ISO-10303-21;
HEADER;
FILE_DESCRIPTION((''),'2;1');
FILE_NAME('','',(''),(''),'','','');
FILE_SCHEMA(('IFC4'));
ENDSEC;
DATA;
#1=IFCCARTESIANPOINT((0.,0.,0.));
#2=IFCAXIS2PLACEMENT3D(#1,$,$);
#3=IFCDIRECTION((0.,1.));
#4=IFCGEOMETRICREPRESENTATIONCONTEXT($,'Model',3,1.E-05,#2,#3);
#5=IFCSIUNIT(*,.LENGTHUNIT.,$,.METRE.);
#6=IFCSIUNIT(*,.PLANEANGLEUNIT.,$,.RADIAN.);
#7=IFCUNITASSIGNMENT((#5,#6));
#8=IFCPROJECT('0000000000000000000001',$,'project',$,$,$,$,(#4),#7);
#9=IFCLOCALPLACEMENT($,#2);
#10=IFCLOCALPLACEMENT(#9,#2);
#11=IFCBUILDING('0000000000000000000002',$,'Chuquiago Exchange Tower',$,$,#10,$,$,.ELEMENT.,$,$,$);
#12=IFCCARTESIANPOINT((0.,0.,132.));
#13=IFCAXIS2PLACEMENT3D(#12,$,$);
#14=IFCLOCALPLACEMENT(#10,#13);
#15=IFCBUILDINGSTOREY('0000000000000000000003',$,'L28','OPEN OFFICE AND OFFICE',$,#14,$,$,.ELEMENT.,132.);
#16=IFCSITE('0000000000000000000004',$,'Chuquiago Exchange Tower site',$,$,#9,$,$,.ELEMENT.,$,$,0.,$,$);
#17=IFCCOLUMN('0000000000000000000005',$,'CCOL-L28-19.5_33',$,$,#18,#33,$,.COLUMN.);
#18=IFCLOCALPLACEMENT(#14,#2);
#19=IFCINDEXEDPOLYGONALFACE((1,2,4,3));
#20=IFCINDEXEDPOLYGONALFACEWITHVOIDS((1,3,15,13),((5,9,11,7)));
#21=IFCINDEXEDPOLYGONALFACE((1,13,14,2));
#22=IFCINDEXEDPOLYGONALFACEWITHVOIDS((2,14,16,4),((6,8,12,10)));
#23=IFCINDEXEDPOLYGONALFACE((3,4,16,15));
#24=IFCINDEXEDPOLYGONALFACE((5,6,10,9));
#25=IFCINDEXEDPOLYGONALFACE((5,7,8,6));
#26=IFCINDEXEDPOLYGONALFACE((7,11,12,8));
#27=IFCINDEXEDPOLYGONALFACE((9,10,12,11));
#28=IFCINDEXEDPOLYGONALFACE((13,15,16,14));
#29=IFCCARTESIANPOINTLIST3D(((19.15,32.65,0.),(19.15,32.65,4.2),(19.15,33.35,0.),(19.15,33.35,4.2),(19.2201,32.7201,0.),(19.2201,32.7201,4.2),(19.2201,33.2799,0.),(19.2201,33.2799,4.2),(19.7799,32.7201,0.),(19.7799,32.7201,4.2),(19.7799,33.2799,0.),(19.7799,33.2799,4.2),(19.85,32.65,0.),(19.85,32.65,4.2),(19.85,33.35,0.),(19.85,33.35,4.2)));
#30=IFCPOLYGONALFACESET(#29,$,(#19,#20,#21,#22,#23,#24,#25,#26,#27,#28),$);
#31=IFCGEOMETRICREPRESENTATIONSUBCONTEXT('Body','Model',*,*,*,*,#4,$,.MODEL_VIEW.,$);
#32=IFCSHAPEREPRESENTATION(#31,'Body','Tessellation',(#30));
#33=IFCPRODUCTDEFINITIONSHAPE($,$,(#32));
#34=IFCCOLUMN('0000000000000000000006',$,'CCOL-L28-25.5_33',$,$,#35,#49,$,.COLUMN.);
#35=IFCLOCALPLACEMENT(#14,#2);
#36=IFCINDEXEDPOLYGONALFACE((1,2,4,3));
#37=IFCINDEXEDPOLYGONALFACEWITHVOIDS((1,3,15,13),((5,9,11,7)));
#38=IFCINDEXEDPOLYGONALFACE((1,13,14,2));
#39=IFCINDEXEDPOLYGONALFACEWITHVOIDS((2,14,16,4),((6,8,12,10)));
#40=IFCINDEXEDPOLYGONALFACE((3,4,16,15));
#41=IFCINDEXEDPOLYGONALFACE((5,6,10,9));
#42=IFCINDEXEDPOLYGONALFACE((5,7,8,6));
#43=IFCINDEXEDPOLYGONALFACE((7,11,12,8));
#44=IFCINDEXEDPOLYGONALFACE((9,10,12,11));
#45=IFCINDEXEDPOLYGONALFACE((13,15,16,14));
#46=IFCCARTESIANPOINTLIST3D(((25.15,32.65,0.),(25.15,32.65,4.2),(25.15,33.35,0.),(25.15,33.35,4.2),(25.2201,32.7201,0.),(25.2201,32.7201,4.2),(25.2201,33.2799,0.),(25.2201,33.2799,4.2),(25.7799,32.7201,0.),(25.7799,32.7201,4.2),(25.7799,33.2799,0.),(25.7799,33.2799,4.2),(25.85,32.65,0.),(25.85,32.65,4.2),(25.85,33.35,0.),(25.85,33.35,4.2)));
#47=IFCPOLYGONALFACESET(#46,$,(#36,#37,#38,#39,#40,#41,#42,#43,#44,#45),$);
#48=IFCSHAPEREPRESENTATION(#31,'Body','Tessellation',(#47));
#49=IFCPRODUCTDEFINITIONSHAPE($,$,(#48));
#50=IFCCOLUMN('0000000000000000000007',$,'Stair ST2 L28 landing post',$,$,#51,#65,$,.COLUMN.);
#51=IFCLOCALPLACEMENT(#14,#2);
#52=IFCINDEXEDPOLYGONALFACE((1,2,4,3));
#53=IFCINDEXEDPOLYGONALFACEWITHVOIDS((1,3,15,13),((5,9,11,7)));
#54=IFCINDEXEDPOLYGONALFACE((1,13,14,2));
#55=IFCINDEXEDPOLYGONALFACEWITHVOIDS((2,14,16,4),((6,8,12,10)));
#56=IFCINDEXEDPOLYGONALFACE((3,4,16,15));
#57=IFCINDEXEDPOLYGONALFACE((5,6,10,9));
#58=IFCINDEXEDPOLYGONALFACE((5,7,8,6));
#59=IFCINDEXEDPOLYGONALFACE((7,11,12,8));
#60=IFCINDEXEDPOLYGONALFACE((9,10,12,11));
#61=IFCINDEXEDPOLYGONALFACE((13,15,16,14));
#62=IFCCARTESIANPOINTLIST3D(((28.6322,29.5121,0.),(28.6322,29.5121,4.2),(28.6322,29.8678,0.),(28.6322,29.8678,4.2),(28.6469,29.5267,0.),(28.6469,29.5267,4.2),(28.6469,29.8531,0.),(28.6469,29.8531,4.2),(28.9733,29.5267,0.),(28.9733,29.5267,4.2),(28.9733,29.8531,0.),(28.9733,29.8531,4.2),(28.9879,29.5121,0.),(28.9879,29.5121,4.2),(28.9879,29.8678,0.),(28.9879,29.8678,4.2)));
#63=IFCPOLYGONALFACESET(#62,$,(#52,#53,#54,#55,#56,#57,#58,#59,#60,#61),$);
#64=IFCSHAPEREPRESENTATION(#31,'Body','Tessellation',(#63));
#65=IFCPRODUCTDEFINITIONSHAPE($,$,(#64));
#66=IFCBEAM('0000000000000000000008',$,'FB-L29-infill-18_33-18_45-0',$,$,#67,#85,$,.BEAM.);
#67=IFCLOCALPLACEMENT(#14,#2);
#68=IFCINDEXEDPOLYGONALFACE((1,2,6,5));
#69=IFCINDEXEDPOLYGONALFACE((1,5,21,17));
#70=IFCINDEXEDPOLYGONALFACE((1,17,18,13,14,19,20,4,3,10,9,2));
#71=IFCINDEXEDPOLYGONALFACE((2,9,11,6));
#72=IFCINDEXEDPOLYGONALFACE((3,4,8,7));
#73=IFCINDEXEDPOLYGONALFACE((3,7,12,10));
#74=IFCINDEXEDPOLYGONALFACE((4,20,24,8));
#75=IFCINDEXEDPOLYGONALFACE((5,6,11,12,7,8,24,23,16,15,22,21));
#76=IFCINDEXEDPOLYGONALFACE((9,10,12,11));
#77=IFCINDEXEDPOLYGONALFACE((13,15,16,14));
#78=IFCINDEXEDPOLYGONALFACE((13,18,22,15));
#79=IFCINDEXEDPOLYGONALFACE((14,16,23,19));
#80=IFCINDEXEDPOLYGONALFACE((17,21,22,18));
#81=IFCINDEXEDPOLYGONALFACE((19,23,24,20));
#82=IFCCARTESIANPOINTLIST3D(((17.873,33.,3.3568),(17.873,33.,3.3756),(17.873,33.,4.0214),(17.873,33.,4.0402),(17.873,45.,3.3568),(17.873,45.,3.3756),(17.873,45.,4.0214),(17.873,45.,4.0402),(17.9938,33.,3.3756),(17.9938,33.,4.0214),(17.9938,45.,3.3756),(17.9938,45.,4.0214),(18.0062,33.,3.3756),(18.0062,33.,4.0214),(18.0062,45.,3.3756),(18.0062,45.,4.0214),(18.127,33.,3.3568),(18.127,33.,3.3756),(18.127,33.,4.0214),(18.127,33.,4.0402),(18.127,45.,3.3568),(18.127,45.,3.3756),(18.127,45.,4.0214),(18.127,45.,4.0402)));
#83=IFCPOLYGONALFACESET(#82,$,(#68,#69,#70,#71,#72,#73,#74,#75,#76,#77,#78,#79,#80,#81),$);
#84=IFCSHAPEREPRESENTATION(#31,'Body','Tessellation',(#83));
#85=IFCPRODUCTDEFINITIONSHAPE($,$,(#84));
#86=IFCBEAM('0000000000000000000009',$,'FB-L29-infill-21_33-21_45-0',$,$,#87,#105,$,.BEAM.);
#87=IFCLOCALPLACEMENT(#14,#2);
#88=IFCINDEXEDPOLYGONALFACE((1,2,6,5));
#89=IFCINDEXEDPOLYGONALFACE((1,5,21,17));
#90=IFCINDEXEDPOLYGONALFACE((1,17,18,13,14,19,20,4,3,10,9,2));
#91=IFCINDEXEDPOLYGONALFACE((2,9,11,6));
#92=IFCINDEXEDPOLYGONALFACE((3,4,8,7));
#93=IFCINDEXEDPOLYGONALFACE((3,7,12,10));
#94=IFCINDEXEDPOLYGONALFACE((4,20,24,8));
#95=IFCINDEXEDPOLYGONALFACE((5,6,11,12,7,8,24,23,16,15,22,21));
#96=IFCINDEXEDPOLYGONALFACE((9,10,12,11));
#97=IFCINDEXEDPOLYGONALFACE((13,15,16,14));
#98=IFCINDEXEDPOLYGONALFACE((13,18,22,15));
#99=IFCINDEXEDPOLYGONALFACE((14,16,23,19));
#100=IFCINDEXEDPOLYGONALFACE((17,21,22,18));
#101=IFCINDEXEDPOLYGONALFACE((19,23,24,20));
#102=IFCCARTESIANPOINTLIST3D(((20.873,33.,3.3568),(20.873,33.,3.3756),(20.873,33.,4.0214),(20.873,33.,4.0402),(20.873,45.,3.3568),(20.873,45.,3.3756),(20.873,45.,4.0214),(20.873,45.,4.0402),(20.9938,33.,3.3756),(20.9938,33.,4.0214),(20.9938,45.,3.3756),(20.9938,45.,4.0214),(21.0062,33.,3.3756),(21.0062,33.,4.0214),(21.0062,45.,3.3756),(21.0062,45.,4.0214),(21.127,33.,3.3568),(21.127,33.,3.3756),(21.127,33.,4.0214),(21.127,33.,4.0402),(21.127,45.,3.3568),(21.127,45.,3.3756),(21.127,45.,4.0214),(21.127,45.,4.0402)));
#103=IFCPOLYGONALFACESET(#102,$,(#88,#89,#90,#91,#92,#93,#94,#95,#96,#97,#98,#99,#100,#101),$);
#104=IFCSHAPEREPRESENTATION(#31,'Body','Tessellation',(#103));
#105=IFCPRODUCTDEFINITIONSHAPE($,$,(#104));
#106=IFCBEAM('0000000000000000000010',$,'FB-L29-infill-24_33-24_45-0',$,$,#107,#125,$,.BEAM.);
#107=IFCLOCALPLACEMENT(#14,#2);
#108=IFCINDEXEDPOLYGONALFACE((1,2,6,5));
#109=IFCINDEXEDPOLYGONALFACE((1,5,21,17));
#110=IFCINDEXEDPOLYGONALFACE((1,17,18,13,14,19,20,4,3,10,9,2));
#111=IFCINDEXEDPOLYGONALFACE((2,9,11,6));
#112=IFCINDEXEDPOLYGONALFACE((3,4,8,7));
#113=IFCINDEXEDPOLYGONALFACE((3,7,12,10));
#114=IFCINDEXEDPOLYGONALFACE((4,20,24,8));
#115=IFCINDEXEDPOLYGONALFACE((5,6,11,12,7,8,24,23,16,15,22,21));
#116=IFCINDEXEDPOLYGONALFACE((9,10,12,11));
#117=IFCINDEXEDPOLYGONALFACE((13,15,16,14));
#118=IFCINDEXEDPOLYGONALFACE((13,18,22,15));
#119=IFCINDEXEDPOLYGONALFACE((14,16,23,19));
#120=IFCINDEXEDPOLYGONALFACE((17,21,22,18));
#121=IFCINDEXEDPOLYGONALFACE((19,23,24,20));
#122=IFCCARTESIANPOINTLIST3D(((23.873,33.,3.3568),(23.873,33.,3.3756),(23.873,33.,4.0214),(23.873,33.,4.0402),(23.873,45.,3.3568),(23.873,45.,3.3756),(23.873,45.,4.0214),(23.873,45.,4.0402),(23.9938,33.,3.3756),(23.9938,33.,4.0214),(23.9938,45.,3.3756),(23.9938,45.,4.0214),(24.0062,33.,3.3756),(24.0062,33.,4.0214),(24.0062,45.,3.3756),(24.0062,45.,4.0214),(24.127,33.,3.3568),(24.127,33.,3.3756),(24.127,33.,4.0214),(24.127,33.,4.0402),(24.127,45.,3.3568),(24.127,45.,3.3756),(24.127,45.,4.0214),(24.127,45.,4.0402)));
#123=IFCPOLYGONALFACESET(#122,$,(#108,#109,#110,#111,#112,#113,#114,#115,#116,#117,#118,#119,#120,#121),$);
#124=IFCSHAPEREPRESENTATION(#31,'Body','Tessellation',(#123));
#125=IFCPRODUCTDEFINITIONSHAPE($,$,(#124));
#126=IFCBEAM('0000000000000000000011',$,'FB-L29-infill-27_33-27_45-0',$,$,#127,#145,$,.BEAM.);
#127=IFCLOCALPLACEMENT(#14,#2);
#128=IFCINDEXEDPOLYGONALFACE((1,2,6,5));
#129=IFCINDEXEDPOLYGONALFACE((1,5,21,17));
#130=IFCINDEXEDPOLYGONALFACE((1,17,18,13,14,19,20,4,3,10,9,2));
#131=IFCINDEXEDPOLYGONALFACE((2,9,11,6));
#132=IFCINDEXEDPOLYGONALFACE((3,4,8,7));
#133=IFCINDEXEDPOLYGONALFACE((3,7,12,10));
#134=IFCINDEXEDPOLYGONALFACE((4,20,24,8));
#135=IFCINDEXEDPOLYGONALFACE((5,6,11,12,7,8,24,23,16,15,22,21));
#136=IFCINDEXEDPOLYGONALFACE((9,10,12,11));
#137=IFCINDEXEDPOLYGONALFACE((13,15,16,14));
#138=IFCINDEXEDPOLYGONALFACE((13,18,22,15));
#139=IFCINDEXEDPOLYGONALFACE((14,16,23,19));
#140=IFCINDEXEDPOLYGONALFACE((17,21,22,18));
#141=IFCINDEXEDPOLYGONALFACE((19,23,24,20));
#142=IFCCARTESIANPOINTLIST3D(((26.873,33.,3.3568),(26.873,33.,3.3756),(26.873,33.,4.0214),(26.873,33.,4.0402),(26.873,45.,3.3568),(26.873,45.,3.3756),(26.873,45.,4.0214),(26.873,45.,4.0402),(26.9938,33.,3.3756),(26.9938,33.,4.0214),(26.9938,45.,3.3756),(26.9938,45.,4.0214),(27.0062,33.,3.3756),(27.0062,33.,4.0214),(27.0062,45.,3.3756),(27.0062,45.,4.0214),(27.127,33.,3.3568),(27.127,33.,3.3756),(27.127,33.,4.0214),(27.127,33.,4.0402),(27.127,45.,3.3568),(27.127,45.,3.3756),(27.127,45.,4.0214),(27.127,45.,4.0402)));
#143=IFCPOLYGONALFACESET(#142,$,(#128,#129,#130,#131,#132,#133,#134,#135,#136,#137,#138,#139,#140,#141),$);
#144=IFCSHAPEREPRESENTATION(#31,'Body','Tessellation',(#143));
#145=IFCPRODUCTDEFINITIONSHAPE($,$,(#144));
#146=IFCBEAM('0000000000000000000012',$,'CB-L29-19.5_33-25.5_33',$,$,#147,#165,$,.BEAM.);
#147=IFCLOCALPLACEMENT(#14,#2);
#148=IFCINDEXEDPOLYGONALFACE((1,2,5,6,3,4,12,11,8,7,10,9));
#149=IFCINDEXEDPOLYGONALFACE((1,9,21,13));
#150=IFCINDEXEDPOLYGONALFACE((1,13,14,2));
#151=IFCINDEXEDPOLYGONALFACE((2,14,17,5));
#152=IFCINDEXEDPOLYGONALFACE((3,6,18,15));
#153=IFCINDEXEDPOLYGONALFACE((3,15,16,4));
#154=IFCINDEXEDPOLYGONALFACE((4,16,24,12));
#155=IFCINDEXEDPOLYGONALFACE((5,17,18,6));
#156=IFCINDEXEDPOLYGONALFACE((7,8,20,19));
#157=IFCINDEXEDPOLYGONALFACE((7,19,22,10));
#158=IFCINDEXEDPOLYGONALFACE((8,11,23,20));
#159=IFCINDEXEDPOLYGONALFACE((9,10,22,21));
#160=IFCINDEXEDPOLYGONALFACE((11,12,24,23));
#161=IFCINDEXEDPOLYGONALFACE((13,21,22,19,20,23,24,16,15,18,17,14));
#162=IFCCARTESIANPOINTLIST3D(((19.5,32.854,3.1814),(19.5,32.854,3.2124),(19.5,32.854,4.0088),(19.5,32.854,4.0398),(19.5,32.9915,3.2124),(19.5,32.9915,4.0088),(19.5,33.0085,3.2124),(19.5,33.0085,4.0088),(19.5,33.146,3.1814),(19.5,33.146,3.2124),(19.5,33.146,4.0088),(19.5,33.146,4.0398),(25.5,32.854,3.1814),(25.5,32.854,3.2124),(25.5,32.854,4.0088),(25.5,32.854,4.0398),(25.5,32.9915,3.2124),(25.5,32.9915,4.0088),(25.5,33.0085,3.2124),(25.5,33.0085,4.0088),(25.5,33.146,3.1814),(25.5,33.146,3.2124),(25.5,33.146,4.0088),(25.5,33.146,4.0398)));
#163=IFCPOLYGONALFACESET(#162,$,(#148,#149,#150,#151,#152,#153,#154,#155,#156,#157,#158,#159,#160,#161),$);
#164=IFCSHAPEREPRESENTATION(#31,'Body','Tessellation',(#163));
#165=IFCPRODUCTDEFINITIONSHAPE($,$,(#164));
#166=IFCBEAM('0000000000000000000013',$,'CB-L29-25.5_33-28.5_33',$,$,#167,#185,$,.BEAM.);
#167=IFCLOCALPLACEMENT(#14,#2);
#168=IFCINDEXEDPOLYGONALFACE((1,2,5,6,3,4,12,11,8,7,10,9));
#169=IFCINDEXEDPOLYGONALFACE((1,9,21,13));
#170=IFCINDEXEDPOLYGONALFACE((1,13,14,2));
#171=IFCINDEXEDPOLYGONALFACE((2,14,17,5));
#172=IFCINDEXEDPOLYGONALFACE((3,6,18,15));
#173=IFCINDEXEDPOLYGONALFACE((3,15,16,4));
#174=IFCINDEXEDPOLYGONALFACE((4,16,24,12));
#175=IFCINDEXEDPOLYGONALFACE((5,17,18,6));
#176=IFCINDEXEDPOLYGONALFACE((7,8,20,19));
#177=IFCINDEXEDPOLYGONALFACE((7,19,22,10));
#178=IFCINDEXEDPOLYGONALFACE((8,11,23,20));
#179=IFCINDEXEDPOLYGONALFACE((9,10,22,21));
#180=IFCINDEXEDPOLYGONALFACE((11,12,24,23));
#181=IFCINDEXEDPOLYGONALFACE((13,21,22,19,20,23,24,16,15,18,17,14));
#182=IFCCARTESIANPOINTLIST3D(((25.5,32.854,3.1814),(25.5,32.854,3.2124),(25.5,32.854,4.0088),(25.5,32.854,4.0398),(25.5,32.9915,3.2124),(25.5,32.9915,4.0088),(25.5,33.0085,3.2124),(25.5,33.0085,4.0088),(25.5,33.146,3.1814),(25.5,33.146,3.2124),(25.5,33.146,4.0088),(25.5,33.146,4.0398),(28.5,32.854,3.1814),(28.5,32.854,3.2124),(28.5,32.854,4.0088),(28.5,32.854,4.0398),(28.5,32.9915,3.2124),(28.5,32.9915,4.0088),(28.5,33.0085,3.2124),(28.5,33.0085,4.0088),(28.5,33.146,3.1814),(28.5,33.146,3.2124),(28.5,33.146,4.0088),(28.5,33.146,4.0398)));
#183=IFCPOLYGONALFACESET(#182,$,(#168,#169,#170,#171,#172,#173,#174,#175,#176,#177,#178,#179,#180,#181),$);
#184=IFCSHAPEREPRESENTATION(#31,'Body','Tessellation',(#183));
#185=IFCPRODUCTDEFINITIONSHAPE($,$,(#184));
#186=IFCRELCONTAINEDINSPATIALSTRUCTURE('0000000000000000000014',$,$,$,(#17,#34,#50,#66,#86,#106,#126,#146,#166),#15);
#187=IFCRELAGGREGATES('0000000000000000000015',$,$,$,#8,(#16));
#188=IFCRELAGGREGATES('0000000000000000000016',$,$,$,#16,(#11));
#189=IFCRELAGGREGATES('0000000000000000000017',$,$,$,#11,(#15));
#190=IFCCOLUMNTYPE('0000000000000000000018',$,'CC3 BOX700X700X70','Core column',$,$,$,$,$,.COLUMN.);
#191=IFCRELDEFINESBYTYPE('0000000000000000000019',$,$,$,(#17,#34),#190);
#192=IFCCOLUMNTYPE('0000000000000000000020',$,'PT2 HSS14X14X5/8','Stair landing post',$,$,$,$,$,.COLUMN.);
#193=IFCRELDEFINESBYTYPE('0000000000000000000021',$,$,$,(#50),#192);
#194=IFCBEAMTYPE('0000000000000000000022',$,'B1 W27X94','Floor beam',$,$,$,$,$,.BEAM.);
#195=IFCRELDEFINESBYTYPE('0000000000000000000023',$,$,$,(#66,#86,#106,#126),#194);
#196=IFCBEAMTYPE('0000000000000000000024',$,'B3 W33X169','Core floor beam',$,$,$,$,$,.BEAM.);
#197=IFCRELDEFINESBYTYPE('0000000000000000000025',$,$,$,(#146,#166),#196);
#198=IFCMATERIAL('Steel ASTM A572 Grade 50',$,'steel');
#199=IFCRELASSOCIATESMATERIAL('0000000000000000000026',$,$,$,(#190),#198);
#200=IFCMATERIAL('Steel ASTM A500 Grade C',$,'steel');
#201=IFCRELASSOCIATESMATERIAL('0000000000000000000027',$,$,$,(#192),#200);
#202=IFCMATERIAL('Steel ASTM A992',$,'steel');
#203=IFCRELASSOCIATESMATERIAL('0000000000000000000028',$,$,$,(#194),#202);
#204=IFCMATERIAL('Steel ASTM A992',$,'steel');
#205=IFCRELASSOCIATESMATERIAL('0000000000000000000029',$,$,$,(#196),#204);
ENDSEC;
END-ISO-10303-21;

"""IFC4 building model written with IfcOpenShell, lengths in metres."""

from ifc_helpers import new_model, si_unit, direction, frame, origin, origin_2d, place, context, subcontext, project, spatial, hollow_rectangle, i_section, extrude, material, material_profile, profile_set, type_object, element, save


model = new_model("IFC4")

# Units and contexts
model_context = context("Model", 3, precision=1e-05, world=origin(), true_north=direction((0.0, 1.0)))
body_context = subcontext(model_context, "Body", "Model", "MODEL_VIEW")
ifc_project = project(units=[si_unit("LENGTHUNIT", "METRE"), si_unit("PLANEANGLEUNIT", "RADIAN")], contexts=[model_context])

# Site, building, storey
site_placement = place(None, origin())
site = spatial("IfcSite", under=ifc_project, at=site_placement, Name="Chuquiago Exchange Tower site", CompositionType="ELEMENT", RefElevation=0.0)
building_placement = place(site_placement, origin())
building = spatial("IfcBuilding", under=site, at=building_placement, Name="Chuquiago Exchange Tower", CompositionType="ELEMENT")
storey_placement = place(building_placement, frame((0.0, 0.0, 132.0)))
storey = spatial("IfcBuildingStorey", under=building, at=storey_placement, Name="L28", Description="OPEN OFFICE AND OFFICE", CompositionType="ELEMENT", Elevation=132.0)

# Columns
ifc_material_1 = material(Name="Steel ASTM A572 Grade 50", Category="steel")
ifc_material_profile_1 = material_profile(ifc_material_1, hollow_rectangle(XDim=0.7, YDim=0.7, WallThickness=0.0701, at=origin_2d()), Name="BOX700X700X70")
ifc_profile_set_1 = profile_set([ifc_material_profile_1], Name="Steel ASTM A572 Grade 50")
column_type_1 = type_object("IfcColumnType", Name="CC3 BOX700X700X70", Description="Core column", PredefinedType="COLUMN", material=ifc_profile_set_1)
for number, where, z_axis, x_axis, name in (
    (1, (19.5, 33.0, 0.0), (0.0, 0.0, 1.0), (1.0, 0.0, 0.0), "CCOL-L28-19.5_33"),
    (2, (25.5, 33.0, 0.0), (0.0, 0.0, 1.0), (1.0, 0.0, 0.0), "CCOL-L28-25.5_33"),
):
    element("IfcColumn", number, at=place(storey_placement, frame(where, z_axis=z_axis, x_axis=x_axis)), inside=storey, type_object=column_type_1, Name=name, PredefinedType="COLUMN", context=body_context, shape_type="SweptSolid", body=[
        extrude(hollow_rectangle(XDim=0.7, YDim=0.7, WallThickness=0.0701, at=origin_2d()), origin(), (0.0, 0.0, 1.0), 4.2),
    ])
ifc_material_2 = material(Name="Steel ASTM A500 Grade C", Category="steel")
ifc_material_profile_2 = material_profile(ifc_material_2, hollow_rectangle(XDim=0.3557, YDim=0.3557, WallThickness=0.0146, at=origin_2d()), Name="HSS14X14X5/8")
ifc_profile_set_2 = profile_set([ifc_material_profile_2], Name="Steel ASTM A500 Grade C")
column_type_2 = type_object("IfcColumnType", Name="PT2 HSS14X14X5/8", Description="Stair landing post", PredefinedType="COLUMN", material=ifc_profile_set_2)
column_placement = place(storey_placement, frame((28.8101, 29.6899, 0.0), z_axis=(0.0, 0.0, 1.0), x_axis=(1.0, 0.0, 0.0)))
element("IfcColumn", 3, at=column_placement, inside=storey, type_object=column_type_2, Name="Stair ST2 L28 landing post", PredefinedType="COLUMN", context=body_context, shape_type="SweptSolid", body=[
    extrude(hollow_rectangle(XDim=0.3557, YDim=0.3557, WallThickness=0.0146, at=origin_2d()), origin(), (0.0, 0.0, 1.0), 4.2),
])

# Beams
ifc_material_3 = material(Name="Steel ASTM A992", Category="steel")
ifc_material_profile_3 = material_profile(ifc_material_3, i_section(OverallWidth=0.2539, OverallDepth=0.6833, WebThickness=0.0125, FlangeThickness=0.0188, at=origin_2d()), Name="W27X94")
ifc_profile_set_3 = profile_set([ifc_material_profile_3], Name="Steel ASTM A992")
beam_type_1 = type_object("IfcBeamType", Name="B1 W27X94", Description="Floor beam", PredefinedType="BEAM", material=ifc_profile_set_3)
for number, where, z_axis, x_axis, name in (
    (4, (18.0, 33.0, 3.6985), (0.0, 1.0, 0.0), (-1.0, 0.0, 0.0), "FB-L29-infill-18_33-18_45-0"),
    (5, (21.0, 33.0, 3.6985), (0.0, 1.0, 0.0), (-1.0, 0.0, 0.0), "FB-L29-infill-21_33-21_45-0"),
    (6, (24.0, 33.0, 3.6985), (0.0, 1.0, 0.0), (-1.0, 0.0, 0.0), "FB-L29-infill-24_33-24_45-0"),
    (7, (27.0, 33.0, 3.6985), (0.0, 1.0, 0.0), (-1.0, 0.0, 0.0), "FB-L29-infill-27_33-27_45-0"),
):
    element("IfcBeam", number, at=place(storey_placement, frame(where, z_axis=z_axis, x_axis=x_axis)), inside=storey, type_object=beam_type_1, Name=name, PredefinedType="BEAM", context=body_context, shape_type="SweptSolid", body=[
        extrude(i_section(OverallWidth=0.2539, OverallDepth=0.6833, WebThickness=0.0125, FlangeThickness=0.0188, at=origin_2d()), origin(), (0.0, 0.0, 1.0), 12.0),
    ])
ifc_material_4 = material(Name="Steel ASTM A992", Category="steel")
ifc_material_profile_4 = material_profile(ifc_material_4, i_section(OverallWidth=0.292, OverallDepth=0.8584, WebThickness=0.0171, FlangeThickness=0.031, at=origin_2d()), Name="W33X169")
ifc_profile_set_4 = profile_set([ifc_material_profile_4], Name="Steel ASTM A992")
beam_type_2 = type_object("IfcBeamType", Name="B3 W33X169", Description="Core floor beam", PredefinedType="BEAM", material=ifc_profile_set_4)
beam_1_placement = place(storey_placement, frame((19.5, 33.0, 3.6106), z_axis=(1.0, 0.0, 0.0), x_axis=(0.0, 1.0, 0.0)))
element("IfcBeam", 8, at=beam_1_placement, inside=storey, type_object=beam_type_2, Name="CB-L29-19.5_33-25.5_33", PredefinedType="BEAM", context=body_context, shape_type="SweptSolid", body=[
    extrude(i_section(OverallWidth=0.292, OverallDepth=0.8584, WebThickness=0.0171, FlangeThickness=0.031, at=origin_2d()), origin(), (0.0, 0.0, 1.0), 6.0),
])
beam_2_placement = place(storey_placement, frame((25.5, 33.0, 3.6106), z_axis=(1.0, 0.0, 0.0), x_axis=(0.0, 1.0, 0.0)))
element("IfcBeam", 9, at=beam_2_placement, inside=storey, type_object=beam_type_2, Name="CB-L29-25.5_33-28.5_33", PredefinedType="BEAM", context=body_context, shape_type="SweptSolid", body=[
    extrude(i_section(OverallWidth=0.292, OverallDepth=0.8584, WebThickness=0.0171, FlangeThickness=0.031, at=origin_2d()), origin(), (0.0, 0.0, 1.0), 3.0),
])

save(model, "model.ifc")
